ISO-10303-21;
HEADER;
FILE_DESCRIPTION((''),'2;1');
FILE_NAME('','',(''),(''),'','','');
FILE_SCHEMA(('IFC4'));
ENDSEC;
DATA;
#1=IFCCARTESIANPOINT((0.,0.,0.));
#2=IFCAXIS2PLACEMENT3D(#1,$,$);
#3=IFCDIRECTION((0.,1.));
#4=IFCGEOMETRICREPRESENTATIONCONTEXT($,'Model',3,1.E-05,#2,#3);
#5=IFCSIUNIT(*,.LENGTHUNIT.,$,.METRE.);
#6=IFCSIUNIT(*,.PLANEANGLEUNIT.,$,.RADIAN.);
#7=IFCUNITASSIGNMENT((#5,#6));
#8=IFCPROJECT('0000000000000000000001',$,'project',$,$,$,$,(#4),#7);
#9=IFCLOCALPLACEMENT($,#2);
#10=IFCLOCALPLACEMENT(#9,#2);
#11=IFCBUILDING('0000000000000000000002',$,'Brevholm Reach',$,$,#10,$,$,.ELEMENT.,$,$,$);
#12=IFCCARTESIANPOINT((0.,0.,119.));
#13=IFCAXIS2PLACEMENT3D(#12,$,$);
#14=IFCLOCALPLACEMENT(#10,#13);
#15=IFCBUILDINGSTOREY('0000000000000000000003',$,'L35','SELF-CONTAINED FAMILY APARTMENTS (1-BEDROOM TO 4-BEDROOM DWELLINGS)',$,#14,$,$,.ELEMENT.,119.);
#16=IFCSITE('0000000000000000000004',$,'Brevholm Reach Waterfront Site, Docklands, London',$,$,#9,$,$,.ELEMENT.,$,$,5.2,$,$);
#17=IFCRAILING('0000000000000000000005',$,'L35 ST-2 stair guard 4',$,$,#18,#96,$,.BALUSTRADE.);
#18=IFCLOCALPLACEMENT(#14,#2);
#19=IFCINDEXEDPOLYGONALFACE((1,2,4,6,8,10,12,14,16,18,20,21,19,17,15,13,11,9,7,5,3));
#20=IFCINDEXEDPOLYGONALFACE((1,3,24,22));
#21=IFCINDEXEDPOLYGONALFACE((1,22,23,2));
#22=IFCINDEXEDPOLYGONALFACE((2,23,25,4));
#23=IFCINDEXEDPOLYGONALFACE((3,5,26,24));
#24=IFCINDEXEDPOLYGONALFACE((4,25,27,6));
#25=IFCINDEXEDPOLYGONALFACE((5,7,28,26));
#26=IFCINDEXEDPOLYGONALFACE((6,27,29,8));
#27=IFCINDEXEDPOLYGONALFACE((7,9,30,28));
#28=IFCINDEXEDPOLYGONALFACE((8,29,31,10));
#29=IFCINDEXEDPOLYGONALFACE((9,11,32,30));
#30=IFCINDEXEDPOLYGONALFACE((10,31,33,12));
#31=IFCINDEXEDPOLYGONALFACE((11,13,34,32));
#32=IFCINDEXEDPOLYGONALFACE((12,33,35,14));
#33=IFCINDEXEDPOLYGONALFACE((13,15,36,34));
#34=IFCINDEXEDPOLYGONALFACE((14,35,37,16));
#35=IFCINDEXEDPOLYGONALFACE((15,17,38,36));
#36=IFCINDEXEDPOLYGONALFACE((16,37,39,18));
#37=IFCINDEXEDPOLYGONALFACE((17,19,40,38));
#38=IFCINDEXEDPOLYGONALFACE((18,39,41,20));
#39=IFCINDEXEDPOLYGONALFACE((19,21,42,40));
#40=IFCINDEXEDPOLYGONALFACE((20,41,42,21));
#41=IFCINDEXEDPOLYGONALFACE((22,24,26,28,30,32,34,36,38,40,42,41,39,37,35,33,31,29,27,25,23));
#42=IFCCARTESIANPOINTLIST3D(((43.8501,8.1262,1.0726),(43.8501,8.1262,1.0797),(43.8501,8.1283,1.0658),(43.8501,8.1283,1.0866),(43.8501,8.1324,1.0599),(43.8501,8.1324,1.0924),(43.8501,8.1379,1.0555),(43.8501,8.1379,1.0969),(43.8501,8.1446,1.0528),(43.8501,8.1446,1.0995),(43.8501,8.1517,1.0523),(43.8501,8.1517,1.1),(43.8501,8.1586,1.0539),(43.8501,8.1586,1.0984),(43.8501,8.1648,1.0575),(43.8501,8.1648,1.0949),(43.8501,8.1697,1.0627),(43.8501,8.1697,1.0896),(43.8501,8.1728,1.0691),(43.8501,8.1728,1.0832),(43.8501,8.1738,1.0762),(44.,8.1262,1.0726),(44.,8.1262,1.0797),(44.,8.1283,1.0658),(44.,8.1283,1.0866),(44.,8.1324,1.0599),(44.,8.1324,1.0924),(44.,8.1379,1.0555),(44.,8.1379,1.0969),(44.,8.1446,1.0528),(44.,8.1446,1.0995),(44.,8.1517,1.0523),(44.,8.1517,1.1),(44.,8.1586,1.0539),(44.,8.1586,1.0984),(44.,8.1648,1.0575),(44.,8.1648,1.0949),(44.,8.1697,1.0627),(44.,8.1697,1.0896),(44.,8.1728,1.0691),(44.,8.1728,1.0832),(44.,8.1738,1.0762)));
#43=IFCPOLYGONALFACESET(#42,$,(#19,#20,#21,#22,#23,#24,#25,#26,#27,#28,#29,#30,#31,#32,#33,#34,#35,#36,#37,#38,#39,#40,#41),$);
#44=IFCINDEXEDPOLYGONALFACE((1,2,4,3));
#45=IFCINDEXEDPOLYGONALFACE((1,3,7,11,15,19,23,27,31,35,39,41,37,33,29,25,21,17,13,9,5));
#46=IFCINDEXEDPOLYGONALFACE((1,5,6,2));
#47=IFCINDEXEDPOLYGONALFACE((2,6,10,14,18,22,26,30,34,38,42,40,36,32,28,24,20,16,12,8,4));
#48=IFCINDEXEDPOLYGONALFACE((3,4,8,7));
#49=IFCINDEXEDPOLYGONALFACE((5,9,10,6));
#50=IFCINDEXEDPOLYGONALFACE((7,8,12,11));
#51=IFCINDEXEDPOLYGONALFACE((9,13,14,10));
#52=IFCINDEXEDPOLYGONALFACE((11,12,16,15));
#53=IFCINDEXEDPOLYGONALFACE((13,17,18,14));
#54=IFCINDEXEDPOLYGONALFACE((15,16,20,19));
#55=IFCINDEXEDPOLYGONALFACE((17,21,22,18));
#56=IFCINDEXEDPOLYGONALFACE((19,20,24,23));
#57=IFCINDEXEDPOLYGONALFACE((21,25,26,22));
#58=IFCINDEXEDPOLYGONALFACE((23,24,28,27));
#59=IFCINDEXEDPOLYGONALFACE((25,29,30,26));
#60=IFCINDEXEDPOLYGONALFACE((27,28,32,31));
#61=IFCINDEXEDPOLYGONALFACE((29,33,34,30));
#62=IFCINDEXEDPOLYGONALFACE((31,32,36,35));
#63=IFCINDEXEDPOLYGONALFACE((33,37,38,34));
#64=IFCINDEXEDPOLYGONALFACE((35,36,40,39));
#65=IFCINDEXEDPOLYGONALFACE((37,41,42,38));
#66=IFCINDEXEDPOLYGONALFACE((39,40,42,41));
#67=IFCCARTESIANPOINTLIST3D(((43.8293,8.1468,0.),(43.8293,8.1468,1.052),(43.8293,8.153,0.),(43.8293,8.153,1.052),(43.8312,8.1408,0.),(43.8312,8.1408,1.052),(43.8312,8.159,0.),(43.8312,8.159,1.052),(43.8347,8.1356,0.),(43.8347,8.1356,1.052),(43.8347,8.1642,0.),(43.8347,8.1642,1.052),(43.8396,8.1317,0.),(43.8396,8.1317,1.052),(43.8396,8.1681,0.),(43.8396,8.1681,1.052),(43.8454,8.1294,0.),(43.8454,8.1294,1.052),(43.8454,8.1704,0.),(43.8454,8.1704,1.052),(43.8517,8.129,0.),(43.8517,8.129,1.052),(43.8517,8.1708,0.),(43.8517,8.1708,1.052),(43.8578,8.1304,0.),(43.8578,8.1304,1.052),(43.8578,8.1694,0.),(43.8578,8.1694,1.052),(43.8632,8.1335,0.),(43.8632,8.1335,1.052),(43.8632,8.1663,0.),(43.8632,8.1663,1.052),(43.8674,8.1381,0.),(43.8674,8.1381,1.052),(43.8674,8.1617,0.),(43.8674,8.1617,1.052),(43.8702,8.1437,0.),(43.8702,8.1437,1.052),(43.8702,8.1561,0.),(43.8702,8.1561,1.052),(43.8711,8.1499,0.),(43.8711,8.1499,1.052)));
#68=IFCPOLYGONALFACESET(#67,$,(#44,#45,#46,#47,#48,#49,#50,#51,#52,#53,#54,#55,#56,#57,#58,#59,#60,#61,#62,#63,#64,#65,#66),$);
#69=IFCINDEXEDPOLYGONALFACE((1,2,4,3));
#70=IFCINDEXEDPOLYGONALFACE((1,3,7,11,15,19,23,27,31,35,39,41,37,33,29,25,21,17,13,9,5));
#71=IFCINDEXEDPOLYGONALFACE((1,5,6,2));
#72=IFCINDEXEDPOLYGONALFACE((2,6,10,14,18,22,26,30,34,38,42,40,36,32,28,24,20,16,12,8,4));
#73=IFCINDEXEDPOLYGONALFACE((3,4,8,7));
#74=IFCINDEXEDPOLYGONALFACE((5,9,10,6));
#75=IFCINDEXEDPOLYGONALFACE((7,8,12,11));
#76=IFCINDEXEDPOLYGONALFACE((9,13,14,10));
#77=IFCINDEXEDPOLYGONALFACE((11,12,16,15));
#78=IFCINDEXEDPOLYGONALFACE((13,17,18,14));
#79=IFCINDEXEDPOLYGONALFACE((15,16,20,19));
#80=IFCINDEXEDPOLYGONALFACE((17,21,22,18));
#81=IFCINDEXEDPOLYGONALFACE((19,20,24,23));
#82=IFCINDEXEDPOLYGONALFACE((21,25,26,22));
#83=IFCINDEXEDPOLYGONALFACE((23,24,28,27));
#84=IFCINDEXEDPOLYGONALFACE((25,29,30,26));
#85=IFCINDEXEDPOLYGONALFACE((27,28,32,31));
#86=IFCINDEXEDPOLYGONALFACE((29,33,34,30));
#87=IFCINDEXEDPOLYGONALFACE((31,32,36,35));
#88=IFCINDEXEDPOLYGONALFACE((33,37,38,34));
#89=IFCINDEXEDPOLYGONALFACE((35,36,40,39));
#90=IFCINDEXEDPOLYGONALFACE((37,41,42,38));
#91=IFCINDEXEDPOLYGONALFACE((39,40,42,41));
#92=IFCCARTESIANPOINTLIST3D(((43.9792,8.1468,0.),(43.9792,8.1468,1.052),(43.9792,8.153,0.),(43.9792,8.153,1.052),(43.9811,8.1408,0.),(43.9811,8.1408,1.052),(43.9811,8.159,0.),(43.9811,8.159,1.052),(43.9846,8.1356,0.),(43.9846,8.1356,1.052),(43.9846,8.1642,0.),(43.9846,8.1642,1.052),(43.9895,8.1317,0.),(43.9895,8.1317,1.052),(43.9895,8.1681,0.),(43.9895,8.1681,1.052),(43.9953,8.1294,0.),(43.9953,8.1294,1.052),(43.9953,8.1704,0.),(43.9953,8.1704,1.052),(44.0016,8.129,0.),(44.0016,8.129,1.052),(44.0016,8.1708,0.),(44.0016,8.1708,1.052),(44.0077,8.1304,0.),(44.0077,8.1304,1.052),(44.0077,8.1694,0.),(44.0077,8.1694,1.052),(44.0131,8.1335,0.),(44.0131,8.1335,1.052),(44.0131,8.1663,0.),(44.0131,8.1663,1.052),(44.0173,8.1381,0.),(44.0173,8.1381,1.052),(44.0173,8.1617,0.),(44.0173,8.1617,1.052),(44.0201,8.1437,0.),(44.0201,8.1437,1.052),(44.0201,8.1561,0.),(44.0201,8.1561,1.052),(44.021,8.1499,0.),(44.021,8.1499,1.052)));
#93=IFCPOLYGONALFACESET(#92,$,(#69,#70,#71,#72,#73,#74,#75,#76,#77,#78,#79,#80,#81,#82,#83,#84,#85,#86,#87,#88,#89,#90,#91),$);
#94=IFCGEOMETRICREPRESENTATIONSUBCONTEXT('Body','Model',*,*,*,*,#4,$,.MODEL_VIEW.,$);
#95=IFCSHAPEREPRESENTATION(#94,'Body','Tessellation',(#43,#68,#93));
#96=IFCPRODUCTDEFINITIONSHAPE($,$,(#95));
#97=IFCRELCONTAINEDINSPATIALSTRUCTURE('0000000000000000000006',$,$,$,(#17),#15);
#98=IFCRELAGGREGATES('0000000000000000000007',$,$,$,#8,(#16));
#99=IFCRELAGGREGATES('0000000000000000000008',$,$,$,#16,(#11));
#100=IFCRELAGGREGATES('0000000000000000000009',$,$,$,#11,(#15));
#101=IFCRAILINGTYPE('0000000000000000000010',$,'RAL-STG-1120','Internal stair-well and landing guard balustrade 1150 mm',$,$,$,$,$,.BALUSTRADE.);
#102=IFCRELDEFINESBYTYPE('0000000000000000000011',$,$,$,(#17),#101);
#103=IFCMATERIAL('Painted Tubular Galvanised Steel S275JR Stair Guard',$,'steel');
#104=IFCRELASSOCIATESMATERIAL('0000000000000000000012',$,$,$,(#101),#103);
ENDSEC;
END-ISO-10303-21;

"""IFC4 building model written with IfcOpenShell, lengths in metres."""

from ifc_helpers import new_model, si_unit, direction, frame, origin, origin_2d, place, context, subcontext, project, spatial, circle, extrude, material, type_object, element, save


model = new_model("IFC4")

# Units and contexts
model_context = context("Model", 3, precision=1e-05, world=origin(), true_north=direction((0.0, 1.0)))
body_context = subcontext(model_context, "Body", "Model", "MODEL_VIEW")
ifc_project = project(units=[si_unit("LENGTHUNIT", "METRE"), si_unit("PLANEANGLEUNIT", "RADIAN")], contexts=[model_context])

# Site, building, storey
site_placement = place(None, origin())
site = spatial("IfcSite", under=ifc_project, at=site_placement, Name="Brevholm Reach Waterfront Site, Docklands, London", CompositionType="ELEMENT", RefElevation=5.2)
building_placement = place(site_placement, origin())
building = spatial("IfcBuilding", under=site, at=building_placement, Name="Brevholm Reach", CompositionType="ELEMENT")
storey_placement = place(building_placement, frame((0.0, 0.0, 119.0)))
storey = spatial("IfcBuildingStorey", under=building, at=storey_placement, Name="L35", Description="SELF-CONTAINED FAMILY APARTMENTS (1-BEDROOM TO 4-BEDROOM DWELLINGS)", CompositionType="ELEMENT", Elevation=119.0)

# Railing
ifc_material_1 = material(Name="Painted Tubular Galvanised Steel S275JR Stair Guard", Category="steel")
railing_type = type_object("IfcRailingType", Name="RAL-STG-1120", Description="Internal stair-well and landing guard balustrade 1150 mm", PredefinedType="BALUSTRADE", material=ifc_material_1)
railing_placement = place(storey_placement, frame((43.8501, 8.1499, 0.0)))
element("IfcRailing", 1, at=railing_placement, inside=storey, type_object=railing_type, Name="L35 ST-2 stair guard 4", PredefinedType="BALUSTRADE", context=body_context, shape_type="SweptSolid", body=[
    extrude(circle(Radius=0.0239, at=origin_2d()), frame((0.0, 0.0, 1.0762), z_axis=(1.0, 0.0, 0.0), x_axis=(0.0, 1.0, 0.0)), (0.0, 0.0, 1.0), 0.1499),
    extrude(circle(Radius=0.021, at=origin_2d()), origin(), (0.0, 0.0, 1.0), 1.052),
    extrude(circle(Radius=0.021, at=origin_2d()), frame((0.1499, 0.0, 0.0)), (0.0, 0.0, 1.0), 1.052),
])

save(model, "model.ifc")
